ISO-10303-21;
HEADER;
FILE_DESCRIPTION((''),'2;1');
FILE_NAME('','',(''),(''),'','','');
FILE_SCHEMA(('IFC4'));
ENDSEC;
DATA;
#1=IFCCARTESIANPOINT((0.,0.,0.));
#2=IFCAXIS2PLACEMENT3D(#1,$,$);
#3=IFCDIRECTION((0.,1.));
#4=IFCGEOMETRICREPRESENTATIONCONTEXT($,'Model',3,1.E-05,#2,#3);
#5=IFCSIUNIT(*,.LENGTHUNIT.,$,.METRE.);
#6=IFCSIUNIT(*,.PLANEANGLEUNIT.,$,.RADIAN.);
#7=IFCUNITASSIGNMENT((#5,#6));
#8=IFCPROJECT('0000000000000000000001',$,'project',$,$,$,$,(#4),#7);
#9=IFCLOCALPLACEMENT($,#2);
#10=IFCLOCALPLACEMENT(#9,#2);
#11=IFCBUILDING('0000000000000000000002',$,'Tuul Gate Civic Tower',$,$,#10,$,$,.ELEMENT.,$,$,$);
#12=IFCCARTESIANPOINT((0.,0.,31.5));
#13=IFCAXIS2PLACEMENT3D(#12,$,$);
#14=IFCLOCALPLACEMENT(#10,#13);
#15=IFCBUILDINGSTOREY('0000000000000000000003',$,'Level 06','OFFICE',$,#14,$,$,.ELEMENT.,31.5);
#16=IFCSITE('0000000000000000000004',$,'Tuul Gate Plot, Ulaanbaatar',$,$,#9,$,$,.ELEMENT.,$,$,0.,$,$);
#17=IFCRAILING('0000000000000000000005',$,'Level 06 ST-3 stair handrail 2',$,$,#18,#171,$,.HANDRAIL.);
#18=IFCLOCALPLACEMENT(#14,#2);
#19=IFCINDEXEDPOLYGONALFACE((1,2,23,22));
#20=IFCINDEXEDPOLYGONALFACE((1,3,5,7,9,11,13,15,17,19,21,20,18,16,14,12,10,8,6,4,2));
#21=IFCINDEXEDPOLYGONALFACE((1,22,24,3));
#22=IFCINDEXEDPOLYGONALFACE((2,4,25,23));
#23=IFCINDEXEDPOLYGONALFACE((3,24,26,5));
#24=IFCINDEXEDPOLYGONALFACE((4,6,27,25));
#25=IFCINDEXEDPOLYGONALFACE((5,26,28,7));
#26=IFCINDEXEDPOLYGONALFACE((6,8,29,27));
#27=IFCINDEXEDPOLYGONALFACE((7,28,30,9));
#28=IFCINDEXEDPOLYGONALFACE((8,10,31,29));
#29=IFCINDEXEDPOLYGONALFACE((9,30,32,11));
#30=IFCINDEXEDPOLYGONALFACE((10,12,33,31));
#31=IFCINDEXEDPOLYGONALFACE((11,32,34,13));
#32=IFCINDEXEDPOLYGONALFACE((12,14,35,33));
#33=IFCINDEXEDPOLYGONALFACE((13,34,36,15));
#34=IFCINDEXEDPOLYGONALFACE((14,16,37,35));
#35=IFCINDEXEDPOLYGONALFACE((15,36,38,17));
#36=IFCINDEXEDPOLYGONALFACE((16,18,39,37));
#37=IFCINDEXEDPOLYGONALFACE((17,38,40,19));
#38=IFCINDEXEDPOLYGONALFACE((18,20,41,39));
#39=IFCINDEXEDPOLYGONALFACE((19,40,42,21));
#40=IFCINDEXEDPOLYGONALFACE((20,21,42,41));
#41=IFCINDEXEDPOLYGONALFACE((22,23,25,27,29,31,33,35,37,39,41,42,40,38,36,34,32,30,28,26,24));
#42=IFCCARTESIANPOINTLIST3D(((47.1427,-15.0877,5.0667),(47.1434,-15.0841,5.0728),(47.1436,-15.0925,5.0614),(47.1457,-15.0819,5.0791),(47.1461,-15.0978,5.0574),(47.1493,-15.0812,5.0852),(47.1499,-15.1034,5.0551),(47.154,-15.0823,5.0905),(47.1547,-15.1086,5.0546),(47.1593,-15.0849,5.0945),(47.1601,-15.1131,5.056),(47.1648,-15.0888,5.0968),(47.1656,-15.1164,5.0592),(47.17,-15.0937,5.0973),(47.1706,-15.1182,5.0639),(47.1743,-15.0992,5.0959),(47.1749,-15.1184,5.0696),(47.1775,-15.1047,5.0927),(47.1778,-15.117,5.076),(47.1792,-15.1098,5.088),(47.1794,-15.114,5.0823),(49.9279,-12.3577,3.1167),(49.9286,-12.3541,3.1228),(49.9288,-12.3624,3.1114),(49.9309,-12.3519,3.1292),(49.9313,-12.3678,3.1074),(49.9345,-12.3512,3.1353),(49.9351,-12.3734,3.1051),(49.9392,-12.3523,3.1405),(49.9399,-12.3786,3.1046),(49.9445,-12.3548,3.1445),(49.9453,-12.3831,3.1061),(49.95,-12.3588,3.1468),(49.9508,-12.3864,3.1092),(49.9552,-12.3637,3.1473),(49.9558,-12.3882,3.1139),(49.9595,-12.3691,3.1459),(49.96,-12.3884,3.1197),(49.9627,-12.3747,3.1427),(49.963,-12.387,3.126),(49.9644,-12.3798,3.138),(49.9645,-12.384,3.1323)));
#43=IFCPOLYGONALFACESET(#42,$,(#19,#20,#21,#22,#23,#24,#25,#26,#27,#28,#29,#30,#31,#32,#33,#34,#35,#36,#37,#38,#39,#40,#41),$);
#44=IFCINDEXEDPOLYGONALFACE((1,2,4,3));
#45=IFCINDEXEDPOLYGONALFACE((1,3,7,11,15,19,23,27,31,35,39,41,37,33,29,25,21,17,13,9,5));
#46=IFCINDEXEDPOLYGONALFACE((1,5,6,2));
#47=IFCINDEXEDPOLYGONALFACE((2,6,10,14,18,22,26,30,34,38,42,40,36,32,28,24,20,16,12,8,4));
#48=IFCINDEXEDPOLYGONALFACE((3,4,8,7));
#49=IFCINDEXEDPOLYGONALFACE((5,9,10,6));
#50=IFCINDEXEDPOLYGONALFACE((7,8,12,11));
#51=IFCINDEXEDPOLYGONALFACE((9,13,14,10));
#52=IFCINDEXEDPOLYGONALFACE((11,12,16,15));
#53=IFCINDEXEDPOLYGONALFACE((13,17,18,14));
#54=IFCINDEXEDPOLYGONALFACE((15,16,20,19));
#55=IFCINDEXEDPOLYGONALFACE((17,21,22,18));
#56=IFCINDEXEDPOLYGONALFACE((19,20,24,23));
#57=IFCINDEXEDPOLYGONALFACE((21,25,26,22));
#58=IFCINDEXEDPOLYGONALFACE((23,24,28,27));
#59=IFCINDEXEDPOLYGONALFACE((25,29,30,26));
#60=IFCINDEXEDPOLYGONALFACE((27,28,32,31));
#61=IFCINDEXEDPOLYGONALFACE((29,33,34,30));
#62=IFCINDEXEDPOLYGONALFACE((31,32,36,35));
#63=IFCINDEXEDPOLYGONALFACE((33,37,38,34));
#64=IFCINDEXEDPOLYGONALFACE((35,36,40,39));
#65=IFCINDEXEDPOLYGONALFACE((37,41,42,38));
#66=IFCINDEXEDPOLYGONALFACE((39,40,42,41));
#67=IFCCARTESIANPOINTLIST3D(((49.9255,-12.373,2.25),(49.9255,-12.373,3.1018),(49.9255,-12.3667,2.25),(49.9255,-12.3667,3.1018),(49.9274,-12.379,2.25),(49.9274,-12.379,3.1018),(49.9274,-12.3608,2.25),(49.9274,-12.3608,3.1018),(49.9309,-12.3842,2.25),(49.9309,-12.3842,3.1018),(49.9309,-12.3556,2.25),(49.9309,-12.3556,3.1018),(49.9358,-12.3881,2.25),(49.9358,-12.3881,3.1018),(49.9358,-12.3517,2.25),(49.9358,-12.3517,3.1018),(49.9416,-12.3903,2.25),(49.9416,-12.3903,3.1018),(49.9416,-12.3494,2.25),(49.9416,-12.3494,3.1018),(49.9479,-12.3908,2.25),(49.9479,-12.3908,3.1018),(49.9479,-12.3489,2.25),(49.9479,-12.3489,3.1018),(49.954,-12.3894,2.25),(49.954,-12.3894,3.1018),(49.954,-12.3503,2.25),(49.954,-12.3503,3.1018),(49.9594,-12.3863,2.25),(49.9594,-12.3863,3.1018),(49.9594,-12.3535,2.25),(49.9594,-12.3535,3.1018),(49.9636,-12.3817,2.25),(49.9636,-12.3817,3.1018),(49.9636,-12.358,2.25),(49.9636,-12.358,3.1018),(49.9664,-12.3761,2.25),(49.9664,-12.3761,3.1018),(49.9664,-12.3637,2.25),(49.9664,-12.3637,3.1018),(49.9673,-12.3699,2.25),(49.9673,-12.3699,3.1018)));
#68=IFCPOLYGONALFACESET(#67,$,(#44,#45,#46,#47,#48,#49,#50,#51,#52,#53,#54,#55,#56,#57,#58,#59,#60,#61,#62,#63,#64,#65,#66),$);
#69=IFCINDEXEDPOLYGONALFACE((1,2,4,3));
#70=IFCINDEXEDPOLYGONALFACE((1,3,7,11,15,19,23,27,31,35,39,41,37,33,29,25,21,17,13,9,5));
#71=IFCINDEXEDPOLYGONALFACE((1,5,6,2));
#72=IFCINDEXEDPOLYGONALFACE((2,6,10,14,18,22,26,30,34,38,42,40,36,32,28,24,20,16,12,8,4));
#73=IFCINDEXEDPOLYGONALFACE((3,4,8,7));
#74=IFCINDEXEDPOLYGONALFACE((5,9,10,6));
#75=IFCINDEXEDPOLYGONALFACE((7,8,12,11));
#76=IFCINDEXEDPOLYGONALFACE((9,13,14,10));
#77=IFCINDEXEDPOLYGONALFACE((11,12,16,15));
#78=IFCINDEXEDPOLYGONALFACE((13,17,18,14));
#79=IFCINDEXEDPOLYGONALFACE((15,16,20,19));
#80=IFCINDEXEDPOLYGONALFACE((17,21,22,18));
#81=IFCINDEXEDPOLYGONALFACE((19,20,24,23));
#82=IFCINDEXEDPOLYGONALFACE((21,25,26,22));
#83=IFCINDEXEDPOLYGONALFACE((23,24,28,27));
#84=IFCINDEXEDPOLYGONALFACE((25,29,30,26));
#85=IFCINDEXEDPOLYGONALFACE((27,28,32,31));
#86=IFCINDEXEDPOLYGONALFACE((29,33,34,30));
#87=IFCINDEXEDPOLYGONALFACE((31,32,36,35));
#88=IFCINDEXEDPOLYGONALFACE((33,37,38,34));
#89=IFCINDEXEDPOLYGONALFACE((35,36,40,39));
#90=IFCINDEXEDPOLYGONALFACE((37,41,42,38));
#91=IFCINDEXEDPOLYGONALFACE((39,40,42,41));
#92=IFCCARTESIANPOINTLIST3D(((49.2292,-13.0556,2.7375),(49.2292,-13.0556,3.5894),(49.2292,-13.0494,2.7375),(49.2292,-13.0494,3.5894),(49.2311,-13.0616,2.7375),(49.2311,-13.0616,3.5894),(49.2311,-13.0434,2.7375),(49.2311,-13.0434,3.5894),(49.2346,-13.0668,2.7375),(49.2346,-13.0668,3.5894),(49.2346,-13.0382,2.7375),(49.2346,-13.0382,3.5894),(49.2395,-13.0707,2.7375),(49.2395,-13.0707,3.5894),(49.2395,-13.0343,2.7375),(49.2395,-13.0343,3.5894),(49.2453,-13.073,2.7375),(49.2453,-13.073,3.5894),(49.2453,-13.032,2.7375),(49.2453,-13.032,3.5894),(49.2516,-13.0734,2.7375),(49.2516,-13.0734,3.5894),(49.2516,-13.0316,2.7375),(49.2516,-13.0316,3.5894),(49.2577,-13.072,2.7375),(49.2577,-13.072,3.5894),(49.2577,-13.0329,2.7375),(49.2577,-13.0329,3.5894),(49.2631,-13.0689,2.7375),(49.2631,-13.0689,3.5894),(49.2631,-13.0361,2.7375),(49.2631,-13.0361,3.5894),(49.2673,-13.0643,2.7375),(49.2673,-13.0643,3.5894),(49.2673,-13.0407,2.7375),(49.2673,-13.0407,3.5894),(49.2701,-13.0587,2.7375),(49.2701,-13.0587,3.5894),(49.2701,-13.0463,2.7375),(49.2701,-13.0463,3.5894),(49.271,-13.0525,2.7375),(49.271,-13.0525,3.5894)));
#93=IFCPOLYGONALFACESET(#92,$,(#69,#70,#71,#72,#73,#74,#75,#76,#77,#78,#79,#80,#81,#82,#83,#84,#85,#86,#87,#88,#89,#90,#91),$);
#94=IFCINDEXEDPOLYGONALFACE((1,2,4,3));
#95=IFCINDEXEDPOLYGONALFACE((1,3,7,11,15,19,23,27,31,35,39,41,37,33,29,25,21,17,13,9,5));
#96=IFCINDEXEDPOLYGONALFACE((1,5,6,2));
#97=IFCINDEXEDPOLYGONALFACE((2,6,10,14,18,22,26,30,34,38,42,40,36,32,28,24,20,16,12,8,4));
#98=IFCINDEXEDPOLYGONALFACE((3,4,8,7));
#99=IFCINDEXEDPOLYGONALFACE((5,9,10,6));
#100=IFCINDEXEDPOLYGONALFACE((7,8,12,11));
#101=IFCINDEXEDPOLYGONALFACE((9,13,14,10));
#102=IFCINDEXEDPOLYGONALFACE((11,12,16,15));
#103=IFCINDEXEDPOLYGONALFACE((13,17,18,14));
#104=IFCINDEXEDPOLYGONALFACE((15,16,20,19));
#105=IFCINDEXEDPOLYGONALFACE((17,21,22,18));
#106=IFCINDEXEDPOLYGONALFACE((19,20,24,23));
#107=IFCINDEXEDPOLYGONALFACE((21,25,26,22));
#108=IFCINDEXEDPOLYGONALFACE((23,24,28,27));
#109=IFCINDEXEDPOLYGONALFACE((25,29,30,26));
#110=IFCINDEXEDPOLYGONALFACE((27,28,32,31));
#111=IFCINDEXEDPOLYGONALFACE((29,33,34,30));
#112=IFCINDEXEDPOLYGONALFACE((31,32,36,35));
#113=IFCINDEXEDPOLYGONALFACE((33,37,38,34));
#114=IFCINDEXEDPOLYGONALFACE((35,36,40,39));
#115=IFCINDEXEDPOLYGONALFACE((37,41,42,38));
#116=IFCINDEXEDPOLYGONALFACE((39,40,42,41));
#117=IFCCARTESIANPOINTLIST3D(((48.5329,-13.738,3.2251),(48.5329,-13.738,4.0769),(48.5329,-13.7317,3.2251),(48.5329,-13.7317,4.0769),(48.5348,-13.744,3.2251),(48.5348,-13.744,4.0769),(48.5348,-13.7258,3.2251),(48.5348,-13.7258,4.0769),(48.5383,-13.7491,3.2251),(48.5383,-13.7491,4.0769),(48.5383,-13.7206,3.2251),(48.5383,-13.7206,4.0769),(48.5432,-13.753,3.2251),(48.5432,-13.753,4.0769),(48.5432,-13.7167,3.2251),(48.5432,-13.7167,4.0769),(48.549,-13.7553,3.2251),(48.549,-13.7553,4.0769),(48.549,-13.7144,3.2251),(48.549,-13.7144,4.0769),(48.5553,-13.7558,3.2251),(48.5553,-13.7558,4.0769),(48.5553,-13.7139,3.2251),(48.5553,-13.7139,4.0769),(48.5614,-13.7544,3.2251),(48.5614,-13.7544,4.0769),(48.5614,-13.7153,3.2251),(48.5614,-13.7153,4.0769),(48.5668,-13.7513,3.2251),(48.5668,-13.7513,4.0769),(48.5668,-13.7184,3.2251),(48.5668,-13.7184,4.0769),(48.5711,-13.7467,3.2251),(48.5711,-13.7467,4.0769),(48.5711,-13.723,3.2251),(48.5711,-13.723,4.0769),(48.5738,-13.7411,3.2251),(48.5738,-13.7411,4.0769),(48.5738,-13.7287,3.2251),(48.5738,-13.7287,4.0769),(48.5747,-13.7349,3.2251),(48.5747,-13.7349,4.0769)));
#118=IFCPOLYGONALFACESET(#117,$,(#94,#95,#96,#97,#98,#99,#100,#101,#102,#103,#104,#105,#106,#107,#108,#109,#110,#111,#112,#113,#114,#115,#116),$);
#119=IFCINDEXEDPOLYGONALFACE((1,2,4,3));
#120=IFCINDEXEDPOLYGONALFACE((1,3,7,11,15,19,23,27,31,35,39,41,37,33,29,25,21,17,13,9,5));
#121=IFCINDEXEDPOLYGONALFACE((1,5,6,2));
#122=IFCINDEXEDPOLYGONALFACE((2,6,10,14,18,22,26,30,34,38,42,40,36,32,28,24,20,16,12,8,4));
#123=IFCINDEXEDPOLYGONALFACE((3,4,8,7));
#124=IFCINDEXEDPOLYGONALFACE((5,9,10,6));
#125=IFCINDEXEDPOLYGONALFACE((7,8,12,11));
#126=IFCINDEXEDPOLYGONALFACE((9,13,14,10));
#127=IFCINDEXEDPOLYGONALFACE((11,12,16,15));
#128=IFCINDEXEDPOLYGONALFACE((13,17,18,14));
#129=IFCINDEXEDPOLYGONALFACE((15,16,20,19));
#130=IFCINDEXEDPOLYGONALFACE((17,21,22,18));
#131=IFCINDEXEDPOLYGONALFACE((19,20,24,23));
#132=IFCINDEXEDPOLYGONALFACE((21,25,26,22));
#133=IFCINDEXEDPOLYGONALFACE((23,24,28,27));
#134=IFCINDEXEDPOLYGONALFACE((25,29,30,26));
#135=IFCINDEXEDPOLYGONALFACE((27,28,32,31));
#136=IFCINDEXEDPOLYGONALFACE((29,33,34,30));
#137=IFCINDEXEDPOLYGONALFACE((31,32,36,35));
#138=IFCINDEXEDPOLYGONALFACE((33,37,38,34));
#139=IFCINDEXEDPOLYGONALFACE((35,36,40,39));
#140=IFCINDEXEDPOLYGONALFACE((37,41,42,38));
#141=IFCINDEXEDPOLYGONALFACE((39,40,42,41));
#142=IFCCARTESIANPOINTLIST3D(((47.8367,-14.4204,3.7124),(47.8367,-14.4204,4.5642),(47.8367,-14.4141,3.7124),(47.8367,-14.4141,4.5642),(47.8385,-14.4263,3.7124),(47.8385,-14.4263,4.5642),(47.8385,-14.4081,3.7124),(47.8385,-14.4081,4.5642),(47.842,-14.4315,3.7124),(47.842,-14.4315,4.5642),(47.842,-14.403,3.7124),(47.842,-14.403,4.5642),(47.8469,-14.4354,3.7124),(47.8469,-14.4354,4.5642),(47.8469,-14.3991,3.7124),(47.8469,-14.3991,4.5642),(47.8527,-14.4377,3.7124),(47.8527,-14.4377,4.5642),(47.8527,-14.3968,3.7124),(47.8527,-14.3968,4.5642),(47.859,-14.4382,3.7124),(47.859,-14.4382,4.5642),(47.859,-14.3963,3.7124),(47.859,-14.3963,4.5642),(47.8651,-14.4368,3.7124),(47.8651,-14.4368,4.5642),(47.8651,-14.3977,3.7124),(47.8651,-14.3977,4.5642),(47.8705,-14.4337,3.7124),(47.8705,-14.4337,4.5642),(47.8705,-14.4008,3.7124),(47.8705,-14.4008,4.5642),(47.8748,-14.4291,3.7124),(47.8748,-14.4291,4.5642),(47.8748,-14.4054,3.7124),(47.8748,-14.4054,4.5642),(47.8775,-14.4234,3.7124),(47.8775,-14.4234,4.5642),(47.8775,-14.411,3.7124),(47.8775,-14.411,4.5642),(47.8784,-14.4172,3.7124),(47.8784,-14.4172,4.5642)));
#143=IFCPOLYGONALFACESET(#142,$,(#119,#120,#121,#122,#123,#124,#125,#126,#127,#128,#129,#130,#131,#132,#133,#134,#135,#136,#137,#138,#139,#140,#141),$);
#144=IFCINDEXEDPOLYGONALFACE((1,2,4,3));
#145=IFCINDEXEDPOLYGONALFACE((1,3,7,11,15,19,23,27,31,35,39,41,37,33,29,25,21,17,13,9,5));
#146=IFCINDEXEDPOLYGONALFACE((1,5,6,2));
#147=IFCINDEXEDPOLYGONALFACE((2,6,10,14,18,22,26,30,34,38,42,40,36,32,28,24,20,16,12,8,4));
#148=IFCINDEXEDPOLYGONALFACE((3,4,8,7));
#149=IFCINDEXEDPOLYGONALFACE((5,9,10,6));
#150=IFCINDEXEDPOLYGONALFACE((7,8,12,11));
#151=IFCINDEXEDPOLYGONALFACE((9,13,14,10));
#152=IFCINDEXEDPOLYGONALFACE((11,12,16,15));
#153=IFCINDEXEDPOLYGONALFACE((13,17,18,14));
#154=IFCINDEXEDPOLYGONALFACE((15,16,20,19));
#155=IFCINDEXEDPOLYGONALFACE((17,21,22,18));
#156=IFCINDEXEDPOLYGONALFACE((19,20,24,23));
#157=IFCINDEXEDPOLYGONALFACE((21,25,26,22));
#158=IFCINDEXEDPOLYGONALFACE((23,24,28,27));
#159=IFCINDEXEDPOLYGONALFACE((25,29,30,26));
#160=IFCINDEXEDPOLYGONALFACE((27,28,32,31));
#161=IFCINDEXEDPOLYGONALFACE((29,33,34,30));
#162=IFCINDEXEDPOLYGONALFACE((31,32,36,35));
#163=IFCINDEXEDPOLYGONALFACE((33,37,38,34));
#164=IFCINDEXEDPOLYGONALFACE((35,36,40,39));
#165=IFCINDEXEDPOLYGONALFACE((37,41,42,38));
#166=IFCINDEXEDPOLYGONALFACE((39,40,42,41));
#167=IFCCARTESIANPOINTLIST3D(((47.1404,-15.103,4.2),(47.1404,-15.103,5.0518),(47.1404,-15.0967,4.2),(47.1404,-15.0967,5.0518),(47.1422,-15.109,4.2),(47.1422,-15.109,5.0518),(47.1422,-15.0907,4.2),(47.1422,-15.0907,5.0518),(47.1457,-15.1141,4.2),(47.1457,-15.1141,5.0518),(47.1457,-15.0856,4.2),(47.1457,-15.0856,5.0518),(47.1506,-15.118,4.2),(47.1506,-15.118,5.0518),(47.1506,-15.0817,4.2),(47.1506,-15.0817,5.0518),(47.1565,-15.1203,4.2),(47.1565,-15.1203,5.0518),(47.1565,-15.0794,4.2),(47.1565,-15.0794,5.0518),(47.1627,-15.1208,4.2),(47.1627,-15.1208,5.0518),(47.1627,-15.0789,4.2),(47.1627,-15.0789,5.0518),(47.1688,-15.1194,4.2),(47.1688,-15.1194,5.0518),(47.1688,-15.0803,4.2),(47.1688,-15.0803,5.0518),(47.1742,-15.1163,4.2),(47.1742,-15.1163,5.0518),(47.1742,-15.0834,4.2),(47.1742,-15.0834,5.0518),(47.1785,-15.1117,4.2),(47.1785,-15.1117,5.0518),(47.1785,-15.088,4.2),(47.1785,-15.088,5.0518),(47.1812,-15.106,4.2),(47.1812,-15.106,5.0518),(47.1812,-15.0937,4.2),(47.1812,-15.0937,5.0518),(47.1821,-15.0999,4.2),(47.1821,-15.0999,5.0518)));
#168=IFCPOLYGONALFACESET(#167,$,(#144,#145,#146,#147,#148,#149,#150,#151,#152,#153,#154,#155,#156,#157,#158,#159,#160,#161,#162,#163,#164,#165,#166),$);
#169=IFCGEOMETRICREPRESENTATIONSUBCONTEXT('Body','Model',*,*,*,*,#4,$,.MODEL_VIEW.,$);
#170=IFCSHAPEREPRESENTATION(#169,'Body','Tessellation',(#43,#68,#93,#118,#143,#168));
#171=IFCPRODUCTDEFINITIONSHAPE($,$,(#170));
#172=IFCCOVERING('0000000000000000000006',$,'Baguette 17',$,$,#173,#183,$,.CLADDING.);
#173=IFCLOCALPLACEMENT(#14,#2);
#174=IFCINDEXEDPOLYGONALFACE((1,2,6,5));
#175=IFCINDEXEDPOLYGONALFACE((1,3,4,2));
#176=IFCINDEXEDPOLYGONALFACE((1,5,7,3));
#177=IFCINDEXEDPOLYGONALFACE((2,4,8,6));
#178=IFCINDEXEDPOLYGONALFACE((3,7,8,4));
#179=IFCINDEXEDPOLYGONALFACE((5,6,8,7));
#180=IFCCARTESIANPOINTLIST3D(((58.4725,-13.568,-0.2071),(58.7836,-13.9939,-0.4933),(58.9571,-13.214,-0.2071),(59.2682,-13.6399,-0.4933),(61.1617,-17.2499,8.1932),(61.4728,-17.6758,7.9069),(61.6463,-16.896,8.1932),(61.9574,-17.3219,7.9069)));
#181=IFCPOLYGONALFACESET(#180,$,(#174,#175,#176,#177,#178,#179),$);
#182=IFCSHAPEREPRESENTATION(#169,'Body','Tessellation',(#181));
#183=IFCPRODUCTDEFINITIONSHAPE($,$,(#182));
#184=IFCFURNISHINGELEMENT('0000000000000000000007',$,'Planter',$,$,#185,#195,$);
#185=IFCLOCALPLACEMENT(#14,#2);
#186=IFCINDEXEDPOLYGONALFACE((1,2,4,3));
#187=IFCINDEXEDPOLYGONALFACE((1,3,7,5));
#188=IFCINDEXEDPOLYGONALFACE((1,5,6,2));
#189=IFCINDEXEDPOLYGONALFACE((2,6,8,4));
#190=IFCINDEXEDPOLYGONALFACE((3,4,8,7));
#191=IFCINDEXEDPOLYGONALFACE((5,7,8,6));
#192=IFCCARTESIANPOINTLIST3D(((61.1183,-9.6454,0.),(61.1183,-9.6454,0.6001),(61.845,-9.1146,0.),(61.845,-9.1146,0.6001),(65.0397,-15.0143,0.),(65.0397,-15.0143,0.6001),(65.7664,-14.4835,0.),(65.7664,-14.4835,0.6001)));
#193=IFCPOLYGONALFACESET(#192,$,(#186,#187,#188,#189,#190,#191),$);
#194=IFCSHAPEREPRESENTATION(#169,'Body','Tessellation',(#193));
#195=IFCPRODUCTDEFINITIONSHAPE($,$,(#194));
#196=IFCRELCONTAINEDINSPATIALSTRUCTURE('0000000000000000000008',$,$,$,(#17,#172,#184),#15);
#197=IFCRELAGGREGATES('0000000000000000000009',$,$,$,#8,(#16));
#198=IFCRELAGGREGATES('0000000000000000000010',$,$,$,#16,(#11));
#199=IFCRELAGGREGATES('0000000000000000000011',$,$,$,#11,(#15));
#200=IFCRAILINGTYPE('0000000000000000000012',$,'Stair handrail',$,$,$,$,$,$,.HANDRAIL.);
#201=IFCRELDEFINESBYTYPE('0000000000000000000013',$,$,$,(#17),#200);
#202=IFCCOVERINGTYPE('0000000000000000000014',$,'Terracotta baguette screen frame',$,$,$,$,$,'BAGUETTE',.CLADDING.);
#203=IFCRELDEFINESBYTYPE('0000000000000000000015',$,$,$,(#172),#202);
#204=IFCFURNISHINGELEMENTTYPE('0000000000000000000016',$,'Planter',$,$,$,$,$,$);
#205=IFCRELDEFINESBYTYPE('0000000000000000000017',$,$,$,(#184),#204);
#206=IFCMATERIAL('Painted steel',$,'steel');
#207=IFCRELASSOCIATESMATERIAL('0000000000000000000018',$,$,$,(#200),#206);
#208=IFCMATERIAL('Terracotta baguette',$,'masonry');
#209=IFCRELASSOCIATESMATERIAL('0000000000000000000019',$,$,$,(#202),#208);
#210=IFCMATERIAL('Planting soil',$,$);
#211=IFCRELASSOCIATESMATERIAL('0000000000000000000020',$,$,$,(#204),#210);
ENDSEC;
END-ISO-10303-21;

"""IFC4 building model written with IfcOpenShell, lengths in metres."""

from ifc_helpers import new_model, si_unit, direction, frame, origin, origin_2d, place, context, subcontext, project, spatial, rectangle, circle, extrude, material, material_profile, profile_set, type_object, element, save


model = new_model("IFC4")

# Units and contexts
model_context = context("Model", 3, precision=1e-05, world=origin(), true_north=direction((0.0, 1.0)))
body_context = subcontext(model_context, "Body", "Model", "MODEL_VIEW")
ifc_project = project(units=[si_unit("LENGTHUNIT", "METRE"), si_unit("PLANEANGLEUNIT", "RADIAN")], contexts=[model_context])

# Site, building, storey
site_placement = place(None, origin())
site = spatial("IfcSite", under=ifc_project, at=site_placement, Name="Tuul Gate Plot, Ulaanbaatar", CompositionType="ELEMENT", RefElevation=0.0)
building_placement = place(site_placement, origin())
building = spatial("IfcBuilding", under=site, at=building_placement, Name="Tuul Gate Civic Tower", CompositionType="ELEMENT")
storey_placement = place(building_placement, frame((0.0, 0.0, 31.5)))
storey = spatial("IfcBuildingStorey", under=building, at=storey_placement, Name="Level 06", Description="OFFICE", CompositionType="ELEMENT", Elevation=31.5)

# Railing
ifc_material_1 = material(Name="Painted steel", Category="steel")
railing_type = type_object("IfcRailingType", Name="Stair handrail", PredefinedType="HANDRAIL", material=ifc_material_1)
railing_1_placement = place(storey_placement, frame((49.9463, -12.3699, 2.25)))
element("IfcRailing", 1, at=railing_1_placement, inside=storey, type_object=railing_type, Name="Level 06 ST-3 stair handrail 2", PredefinedType="HANDRAIL", context=body_context, shape_type="SweptSolid", body=[
    extrude(circle(Radius=0.0239, at=origin_2d()), frame((0.0, 0.0, 0.876), z_axis=(-0.638754, -0.6261, 0.447206), x_axis=(0.699998, -0.714145, 0.0)), (0.0, 0.0, 1.0), 4.3604),
    extrude(circle(Radius=0.021, at=origin_2d()), origin(), (0.0, 0.0, 1.0), 0.8518),
    extrude(circle(Radius=0.021, at=origin_2d()), frame((-0.6963, -0.6826, 0.4875)), (0.0, 0.0, 1.0), 0.8518),
    extrude(circle(Radius=0.021, at=origin_2d()), frame((-1.3926, -1.365, 0.9751)), (0.0, 0.0, 1.0), 0.8518),
    extrude(circle(Radius=0.021, at=origin_2d()), frame((-2.0889, -2.0474, 1.4624)), (0.0, 0.0, 1.0), 0.8518),
    extrude(circle(Radius=0.021, at=origin_2d()), frame((-2.7852, -2.73, 1.95)), (0.0, 0.0, 1.0), 0.8518),
])

# Covering
ifc_material_2 = material(Name="Terracotta baguette", Category="masonry")
ifc_material_profile_1 = material_profile(ifc_material_2, rectangle(XDim=0.6001, YDim=0.6001, at=origin_2d()), Name="Terracotta baguette screen frame")
ifc_profile_set_1 = profile_set([ifc_material_profile_1], Name="Terracotta baguette")
covering_type = type_object("IfcCoveringType", Name="Terracotta baguette screen frame", ElementType="BAGUETTE", PredefinedType="CLADDING", material=ifc_profile_set_1)
covering_placement = place(storey_placement, frame((61.5596, -17.2859, 8.05), z_axis=(-0.281364, 0.385225, -0.878883), x_axis=(-0.807537, -0.589817, 0.0)))
element("IfcCovering", 2, at=covering_placement, inside=storey, type_object=covering_type, Name="Baguette 17", PredefinedType="CLADDING", context=body_context, shape_type="SweptSolid", body=[
    extrude(rectangle(XDim=0.6001, YDim=0.6001, at=origin_2d()), origin(), (0.0, 0.0, 1.0), 9.5579),
])

# Furnishing element
ifc_material_3 = material(Name="Planting soil")
furnishing_element_type = type_object("IfcFurnishingElementType", Name="Planter", material=ifc_material_3)
furnishing_placement = place(storey_placement, frame((63.4424, -12.0645, 0.0), z_axis=(0.0, 0.0, 1.0), x_axis=(-0.58982, 0.807535, 0.0)))
element("IfcFurnishingElement", 3, at=furnishing_placement, inside=storey, type_object=furnishing_element_type, Name="Planter", context=body_context, shape_type="SweptSolid", body=[
    extrude(rectangle(XDim=6.6484, YDim=0.8999, at=origin_2d()), origin(), (0.0, 0.0, 1.0), 0.6001),
])

save(model, "model.ifc")
